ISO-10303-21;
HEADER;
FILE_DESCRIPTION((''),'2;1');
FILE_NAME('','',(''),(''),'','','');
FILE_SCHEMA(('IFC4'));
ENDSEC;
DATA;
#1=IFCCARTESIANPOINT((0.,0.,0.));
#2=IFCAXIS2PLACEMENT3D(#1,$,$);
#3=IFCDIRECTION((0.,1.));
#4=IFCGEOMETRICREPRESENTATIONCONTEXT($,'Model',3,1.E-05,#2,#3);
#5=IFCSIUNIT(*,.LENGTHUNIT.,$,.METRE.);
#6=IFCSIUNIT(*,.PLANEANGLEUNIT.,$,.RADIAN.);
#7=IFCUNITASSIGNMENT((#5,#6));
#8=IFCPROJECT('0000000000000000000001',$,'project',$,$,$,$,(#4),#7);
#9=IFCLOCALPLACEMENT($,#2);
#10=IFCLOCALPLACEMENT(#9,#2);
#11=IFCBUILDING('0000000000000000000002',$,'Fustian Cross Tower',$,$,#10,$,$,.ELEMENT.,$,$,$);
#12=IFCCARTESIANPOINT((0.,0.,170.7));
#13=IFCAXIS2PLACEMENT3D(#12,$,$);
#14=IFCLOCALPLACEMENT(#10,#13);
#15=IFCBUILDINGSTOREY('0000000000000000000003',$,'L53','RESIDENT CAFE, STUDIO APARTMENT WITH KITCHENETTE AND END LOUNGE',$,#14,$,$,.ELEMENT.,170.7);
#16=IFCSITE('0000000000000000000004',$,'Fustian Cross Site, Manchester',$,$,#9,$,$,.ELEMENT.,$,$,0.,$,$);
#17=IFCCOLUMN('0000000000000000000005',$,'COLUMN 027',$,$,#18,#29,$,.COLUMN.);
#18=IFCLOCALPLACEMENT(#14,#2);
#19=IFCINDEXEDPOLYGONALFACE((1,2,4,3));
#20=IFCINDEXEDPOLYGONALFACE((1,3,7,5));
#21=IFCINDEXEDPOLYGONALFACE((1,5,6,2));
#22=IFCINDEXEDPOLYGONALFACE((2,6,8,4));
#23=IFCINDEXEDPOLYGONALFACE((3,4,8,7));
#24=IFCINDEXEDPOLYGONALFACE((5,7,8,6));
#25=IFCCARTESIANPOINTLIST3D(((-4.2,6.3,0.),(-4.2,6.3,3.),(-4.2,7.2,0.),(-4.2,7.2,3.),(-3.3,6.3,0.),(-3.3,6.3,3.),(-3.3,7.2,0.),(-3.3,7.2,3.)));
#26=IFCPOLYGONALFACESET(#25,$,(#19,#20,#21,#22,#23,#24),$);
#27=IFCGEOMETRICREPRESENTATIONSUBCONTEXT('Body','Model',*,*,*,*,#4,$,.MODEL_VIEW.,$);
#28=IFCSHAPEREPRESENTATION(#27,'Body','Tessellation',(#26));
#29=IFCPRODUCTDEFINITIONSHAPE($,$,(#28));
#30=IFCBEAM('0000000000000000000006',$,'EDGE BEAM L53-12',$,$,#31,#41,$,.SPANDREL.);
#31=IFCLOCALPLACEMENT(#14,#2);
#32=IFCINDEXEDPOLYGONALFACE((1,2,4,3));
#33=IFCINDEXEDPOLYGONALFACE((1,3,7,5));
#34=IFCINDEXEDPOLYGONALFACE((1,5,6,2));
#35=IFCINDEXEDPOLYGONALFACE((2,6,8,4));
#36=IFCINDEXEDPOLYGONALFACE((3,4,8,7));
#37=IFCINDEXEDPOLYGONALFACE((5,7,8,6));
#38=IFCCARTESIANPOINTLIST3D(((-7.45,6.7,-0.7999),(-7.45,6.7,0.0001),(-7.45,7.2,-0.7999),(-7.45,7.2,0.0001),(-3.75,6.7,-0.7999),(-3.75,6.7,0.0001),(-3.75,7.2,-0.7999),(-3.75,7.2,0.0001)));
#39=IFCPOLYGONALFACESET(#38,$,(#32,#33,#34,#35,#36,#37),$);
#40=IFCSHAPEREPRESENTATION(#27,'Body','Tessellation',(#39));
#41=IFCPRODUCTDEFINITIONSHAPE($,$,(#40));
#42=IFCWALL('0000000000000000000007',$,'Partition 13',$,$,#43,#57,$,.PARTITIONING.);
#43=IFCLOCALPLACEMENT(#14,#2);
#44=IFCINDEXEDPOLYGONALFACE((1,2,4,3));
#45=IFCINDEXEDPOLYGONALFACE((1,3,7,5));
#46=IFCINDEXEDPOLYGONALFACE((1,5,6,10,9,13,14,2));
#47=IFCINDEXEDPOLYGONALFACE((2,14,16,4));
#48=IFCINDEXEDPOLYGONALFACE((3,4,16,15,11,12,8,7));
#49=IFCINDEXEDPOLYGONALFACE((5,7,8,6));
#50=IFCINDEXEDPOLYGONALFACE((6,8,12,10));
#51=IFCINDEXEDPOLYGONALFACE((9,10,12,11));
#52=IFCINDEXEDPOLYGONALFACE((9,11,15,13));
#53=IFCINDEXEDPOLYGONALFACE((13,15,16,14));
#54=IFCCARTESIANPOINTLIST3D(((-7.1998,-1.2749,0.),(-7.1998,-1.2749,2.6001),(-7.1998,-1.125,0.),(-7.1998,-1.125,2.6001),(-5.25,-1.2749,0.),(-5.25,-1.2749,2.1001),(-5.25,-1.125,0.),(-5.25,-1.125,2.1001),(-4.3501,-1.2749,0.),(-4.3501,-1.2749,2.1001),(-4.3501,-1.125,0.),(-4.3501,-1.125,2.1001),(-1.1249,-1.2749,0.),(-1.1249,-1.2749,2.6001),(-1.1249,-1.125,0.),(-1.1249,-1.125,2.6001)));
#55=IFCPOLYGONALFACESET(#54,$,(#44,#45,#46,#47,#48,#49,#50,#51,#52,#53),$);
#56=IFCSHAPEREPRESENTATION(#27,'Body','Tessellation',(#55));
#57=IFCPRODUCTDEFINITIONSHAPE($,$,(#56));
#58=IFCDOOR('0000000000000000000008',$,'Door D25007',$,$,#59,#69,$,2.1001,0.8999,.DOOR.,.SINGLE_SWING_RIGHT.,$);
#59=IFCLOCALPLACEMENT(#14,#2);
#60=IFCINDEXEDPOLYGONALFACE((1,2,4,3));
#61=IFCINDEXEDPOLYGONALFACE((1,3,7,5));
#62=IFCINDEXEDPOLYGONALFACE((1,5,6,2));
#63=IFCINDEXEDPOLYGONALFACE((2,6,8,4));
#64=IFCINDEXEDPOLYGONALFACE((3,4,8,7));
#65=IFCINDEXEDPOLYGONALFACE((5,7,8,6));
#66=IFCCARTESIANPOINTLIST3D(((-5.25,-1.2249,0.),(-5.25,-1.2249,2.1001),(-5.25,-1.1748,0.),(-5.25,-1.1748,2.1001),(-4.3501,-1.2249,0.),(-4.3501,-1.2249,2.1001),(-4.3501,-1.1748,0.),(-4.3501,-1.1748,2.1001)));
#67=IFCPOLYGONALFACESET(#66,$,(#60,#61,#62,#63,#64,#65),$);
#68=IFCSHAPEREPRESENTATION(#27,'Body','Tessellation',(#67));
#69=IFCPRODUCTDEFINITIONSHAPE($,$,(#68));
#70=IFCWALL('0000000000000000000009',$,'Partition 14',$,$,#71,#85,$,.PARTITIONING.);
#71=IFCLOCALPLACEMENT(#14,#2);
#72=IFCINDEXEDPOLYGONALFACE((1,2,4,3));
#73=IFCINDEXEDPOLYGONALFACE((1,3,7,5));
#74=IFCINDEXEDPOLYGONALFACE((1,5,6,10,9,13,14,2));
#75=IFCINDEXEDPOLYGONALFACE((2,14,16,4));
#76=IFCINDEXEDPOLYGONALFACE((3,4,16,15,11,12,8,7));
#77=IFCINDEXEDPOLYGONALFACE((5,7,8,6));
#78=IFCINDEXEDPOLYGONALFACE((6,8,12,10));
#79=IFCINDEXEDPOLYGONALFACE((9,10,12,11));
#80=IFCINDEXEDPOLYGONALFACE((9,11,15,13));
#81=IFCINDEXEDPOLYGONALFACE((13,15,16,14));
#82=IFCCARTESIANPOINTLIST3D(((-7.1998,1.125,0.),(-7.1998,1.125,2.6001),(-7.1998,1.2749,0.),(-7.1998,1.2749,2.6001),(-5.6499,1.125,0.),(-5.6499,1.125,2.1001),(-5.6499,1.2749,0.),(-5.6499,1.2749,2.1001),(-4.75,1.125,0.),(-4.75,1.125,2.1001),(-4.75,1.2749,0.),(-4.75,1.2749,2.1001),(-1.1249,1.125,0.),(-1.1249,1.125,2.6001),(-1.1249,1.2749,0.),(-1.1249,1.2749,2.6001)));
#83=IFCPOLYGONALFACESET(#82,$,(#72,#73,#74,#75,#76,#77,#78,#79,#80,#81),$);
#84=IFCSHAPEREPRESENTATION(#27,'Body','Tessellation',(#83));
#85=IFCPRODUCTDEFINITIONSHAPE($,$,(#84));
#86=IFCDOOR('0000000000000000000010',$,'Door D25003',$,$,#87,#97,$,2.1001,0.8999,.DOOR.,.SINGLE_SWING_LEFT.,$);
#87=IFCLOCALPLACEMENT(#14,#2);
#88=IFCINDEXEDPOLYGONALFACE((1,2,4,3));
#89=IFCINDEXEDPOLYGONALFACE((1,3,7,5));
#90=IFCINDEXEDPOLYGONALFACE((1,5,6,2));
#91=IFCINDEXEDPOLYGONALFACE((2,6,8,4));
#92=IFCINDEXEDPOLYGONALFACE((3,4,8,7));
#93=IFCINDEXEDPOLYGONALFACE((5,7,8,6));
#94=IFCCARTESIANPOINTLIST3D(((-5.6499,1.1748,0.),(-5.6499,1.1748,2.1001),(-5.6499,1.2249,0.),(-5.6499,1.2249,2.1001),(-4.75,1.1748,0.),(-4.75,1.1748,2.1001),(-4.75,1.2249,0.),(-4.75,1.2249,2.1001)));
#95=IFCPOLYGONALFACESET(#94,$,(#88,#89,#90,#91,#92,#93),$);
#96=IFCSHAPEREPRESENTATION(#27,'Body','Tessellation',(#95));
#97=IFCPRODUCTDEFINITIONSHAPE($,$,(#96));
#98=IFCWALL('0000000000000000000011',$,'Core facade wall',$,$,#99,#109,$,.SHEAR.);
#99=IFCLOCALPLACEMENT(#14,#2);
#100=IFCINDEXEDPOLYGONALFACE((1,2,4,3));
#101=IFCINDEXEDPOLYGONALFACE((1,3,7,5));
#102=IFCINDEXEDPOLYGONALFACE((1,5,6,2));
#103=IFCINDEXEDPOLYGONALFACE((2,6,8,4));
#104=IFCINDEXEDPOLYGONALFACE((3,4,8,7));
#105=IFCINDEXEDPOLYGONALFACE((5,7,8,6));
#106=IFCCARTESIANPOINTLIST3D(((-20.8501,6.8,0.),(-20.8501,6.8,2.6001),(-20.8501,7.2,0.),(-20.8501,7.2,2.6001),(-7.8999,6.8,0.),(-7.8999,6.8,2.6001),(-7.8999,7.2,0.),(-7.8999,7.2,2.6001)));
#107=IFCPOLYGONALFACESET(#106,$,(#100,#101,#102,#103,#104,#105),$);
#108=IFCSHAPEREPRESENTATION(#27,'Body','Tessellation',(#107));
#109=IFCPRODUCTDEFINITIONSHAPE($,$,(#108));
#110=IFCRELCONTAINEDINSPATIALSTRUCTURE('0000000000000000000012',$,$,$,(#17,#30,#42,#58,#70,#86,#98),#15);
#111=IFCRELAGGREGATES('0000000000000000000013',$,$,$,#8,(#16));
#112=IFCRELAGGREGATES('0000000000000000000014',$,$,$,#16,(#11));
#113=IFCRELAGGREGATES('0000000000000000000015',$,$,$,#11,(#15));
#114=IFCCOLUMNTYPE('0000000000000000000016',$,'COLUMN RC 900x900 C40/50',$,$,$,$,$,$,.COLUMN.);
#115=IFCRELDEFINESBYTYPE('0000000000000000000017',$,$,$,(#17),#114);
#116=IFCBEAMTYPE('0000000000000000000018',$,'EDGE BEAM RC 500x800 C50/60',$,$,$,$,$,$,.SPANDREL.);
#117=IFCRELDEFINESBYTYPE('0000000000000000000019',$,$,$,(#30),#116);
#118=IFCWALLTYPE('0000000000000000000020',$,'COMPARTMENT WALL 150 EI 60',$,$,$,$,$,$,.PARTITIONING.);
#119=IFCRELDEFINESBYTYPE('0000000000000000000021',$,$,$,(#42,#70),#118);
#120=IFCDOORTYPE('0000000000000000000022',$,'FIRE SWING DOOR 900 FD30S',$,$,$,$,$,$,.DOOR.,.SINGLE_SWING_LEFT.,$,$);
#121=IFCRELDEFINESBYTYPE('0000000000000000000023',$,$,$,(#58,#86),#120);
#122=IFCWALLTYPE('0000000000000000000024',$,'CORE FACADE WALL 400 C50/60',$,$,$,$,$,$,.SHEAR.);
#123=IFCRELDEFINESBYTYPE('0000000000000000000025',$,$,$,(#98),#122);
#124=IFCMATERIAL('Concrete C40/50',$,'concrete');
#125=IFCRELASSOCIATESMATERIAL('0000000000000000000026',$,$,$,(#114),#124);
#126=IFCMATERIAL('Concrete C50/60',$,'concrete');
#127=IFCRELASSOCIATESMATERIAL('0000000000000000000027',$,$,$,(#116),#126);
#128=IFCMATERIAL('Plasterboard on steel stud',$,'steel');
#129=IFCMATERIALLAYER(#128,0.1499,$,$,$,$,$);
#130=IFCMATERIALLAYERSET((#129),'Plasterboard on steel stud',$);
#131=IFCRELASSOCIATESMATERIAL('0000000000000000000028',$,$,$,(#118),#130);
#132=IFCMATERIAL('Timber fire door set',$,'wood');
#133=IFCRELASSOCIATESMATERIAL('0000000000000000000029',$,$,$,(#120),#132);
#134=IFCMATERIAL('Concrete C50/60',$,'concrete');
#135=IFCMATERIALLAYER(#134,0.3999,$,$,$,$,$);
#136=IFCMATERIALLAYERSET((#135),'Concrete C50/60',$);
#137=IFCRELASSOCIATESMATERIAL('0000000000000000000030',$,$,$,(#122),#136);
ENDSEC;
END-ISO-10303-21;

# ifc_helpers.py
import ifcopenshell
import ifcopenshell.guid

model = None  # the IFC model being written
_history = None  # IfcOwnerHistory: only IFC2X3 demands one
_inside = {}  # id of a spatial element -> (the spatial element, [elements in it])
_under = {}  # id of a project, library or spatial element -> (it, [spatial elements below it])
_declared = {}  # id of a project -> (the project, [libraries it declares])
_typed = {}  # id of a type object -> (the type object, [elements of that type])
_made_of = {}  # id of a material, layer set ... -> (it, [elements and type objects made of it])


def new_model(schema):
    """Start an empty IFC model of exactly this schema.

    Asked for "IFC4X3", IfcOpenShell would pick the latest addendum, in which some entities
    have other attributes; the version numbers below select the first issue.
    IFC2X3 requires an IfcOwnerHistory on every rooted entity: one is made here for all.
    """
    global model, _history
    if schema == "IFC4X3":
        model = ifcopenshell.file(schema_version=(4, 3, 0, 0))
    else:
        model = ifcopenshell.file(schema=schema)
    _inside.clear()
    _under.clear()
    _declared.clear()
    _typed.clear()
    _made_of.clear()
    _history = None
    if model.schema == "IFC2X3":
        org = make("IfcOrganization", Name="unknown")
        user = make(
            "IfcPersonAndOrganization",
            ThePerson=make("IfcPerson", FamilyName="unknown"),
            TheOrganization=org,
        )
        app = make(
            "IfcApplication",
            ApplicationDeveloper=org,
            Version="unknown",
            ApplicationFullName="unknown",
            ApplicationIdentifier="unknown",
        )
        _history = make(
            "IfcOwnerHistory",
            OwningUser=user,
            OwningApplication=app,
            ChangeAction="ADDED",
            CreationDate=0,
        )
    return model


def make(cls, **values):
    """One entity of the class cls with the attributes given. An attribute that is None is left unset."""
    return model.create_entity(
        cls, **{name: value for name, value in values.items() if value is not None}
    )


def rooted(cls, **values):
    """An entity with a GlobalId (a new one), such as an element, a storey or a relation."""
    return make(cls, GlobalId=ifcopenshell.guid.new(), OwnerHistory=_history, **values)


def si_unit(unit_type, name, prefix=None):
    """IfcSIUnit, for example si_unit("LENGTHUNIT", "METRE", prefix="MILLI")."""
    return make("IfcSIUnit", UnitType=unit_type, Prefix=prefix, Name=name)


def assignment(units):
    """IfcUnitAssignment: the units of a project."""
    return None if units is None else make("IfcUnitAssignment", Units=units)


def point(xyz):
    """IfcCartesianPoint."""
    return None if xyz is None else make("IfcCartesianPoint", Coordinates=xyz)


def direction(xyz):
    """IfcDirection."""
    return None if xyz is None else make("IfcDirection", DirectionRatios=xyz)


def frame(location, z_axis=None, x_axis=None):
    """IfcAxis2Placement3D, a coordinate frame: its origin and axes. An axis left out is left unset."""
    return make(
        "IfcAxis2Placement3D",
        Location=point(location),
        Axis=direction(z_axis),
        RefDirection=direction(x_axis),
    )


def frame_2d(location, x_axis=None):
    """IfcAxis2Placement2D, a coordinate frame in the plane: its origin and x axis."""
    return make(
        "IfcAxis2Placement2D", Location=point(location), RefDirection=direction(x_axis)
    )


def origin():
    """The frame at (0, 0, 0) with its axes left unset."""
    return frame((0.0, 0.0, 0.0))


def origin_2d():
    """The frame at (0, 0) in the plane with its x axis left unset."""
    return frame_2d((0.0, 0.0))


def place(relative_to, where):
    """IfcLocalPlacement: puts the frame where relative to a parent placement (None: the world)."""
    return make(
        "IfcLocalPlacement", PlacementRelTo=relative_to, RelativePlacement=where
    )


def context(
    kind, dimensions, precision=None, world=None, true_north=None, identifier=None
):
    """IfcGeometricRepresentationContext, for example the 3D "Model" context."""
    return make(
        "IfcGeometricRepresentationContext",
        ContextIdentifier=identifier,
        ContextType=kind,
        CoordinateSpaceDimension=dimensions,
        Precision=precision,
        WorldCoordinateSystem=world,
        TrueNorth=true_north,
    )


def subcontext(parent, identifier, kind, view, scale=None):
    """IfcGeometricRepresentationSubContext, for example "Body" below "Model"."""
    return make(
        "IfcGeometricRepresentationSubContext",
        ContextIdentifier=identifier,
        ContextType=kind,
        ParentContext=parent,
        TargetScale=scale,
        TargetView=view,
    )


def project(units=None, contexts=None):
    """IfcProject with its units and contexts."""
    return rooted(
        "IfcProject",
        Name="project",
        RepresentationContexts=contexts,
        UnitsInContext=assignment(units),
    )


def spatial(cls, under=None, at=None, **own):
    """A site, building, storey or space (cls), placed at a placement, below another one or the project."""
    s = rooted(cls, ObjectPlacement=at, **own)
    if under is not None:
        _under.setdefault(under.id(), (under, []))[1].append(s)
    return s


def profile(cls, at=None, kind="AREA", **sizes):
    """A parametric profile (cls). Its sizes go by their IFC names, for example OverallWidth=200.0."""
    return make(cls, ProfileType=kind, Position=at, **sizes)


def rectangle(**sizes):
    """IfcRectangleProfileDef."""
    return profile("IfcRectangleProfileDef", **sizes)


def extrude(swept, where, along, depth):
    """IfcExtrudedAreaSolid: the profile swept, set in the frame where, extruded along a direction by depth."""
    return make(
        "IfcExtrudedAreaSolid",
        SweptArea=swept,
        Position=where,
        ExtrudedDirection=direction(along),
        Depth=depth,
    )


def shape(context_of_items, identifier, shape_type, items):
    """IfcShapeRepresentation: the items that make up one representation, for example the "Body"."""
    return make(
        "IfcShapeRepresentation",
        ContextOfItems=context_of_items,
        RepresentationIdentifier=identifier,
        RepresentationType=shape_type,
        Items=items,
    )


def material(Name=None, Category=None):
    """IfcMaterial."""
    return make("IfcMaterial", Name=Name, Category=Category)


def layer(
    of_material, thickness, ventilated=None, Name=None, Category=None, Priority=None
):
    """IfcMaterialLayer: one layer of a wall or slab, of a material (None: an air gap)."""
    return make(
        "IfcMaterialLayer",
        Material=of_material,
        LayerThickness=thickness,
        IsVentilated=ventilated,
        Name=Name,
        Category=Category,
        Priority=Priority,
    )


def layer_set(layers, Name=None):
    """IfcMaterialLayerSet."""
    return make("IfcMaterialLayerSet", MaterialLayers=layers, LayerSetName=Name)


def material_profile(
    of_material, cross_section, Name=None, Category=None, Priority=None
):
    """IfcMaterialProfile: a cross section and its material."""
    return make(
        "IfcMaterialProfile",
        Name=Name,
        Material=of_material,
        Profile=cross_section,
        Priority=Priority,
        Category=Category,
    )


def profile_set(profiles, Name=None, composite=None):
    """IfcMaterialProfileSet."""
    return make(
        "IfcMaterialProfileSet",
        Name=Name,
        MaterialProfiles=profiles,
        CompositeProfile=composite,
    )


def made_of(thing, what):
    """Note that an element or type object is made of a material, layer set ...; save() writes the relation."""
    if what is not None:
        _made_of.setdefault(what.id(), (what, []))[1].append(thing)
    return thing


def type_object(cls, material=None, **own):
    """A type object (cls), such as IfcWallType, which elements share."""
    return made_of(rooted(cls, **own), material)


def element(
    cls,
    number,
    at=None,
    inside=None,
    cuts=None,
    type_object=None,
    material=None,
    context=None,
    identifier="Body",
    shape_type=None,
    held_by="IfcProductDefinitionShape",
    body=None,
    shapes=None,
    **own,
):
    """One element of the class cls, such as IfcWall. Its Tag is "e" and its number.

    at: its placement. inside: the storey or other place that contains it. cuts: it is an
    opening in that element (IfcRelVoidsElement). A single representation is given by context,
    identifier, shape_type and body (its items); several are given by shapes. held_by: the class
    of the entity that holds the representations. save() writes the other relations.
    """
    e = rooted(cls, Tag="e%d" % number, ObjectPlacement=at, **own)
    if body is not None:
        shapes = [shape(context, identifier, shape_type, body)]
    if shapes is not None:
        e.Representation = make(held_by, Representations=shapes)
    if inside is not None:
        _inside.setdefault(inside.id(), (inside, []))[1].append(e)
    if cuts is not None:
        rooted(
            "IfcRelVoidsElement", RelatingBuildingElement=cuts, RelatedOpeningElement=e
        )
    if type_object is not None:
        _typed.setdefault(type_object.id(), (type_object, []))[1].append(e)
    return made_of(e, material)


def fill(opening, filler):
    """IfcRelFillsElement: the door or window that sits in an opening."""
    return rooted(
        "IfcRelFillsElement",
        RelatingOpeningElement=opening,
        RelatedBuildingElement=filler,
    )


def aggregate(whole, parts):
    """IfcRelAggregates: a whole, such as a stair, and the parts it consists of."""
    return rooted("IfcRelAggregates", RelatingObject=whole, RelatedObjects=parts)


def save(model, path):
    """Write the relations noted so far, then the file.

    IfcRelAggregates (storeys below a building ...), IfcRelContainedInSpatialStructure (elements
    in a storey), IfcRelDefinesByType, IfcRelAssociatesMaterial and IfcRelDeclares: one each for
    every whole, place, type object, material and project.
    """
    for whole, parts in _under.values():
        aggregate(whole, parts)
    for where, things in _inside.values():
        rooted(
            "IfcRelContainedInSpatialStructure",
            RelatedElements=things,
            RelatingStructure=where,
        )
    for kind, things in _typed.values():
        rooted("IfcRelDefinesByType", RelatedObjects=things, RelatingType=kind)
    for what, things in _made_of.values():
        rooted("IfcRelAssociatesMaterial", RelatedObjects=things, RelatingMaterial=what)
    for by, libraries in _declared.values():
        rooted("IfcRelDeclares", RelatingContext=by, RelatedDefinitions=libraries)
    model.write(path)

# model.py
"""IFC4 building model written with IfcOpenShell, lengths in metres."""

from ifc_helpers import new_model, si_unit, direction, frame, frame_2d, origin, origin_2d, place, context, subcontext, project, spatial, rectangle, extrude, material, layer, layer_set, material_profile, profile_set, type_object, element, fill, save


model = new_model("IFC4")

# Units and contexts
model_context = context("Model", 3, precision=1e-05, world=origin(), true_north=direction((0.0, 1.0)))
body_context = subcontext(model_context, "Body", "Model", "MODEL_VIEW")
ifc_project = project(units=[si_unit("LENGTHUNIT", "METRE"), si_unit("PLANEANGLEUNIT", "RADIAN")], contexts=[model_context])

# Site, building, storey
site_placement = place(None, origin())
site = spatial("IfcSite", under=ifc_project, at=site_placement, Name="Fustian Cross Site, Manchester", CompositionType="ELEMENT", RefElevation=0.0)
building_placement = place(site_placement, origin())
building = spatial("IfcBuilding", under=site, at=building_placement, Name="Fustian Cross Tower", CompositionType="ELEMENT")
storey_placement = place(building_placement, frame((0.0, 0.0, 170.7)))
storey = spatial("IfcBuildingStorey", under=building, at=storey_placement, Name="L53", Description="RESIDENT CAFE, STUDIO APARTMENT WITH KITCHENETTE AND END LOUNGE", CompositionType="ELEMENT", Elevation=170.7)

# Column
ifc_material_1 = material(Name="Concrete C40/50", Category="concrete")
ifc_material_profile_1 = material_profile(ifc_material_1, rectangle(XDim=0.8999, YDim=0.8999, at=origin_2d()), Name="RC 900x900")
ifc_profile_set_1 = profile_set([ifc_material_profile_1], Name="Concrete C40/50")
column_type = type_object("IfcColumnType", Name="COLUMN RC 900x900 C40/50", PredefinedType="COLUMN", material=ifc_profile_set_1)
column_placement = place(storey_placement, frame((-3.75, 6.75, 0.0), z_axis=(0.0, 0.0, 1.0), x_axis=(1.0, 0.0, 0.0)))
element("IfcColumn", 1, at=column_placement, inside=storey, type_object=column_type, Name="COLUMN 027", PredefinedType="COLUMN", context=body_context, shape_type="SweptSolid", body=[
    extrude(rectangle(XDim=0.8999, YDim=0.8999, at=origin_2d()), origin(), (0.0, 0.0, 1.0), 3.0),
])

# Beam
ifc_material_2 = material(Name="Concrete C50/60", Category="concrete")
ifc_material_profile_2 = material_profile(ifc_material_2, rectangle(XDim=0.5, YDim=0.8, at=origin_2d()), Name="RC 500x800")
ifc_profile_set_2 = profile_set([ifc_material_profile_2], Name="Concrete C50/60")
beam_type = type_object("IfcBeamType", Name="EDGE BEAM RC 500x800 C50/60", PredefinedType="SPANDREL", material=ifc_profile_set_2)
beam_placement = place(storey_placement, frame((-3.75, 6.95, -0.3999), z_axis=(-1.0, 0.0, 0.0), x_axis=(0.0, -1.0, 0.0)))
element("IfcBeam", 2, at=beam_placement, inside=storey, type_object=beam_type, Name="EDGE BEAM L53-12", PredefinedType="SPANDREL", context=body_context, shape_type="SweptSolid", body=[
    extrude(rectangle(XDim=0.5, YDim=0.8, at=origin_2d()), origin(), (0.0, 0.0, 1.0), 3.7),
])

# Walls, openings, doors
ifc_material_3 = material(Name="Plasterboard on steel stud", Category="steel")
ifc_layer_1 = layer(ifc_material_3, 0.1499)
ifc_layer_set_1 = layer_set([ifc_layer_1], Name="Plasterboard on steel stud")
wall_type_1 = type_object("IfcWallType", Name="COMPARTMENT WALL 150 EI 60", PredefinedType="PARTITIONING", material=ifc_layer_set_1)
wall_1_placement = place(storey_placement, frame((-7.2, -1.2, 0.0), z_axis=(0.0, 0.0, 1.0), x_axis=(1.0, 0.0, 0.0)))
wall_1 = element("IfcWall", 3, at=wall_1_placement, inside=storey, type_object=wall_type_1, Name="Partition 13", PredefinedType="PARTITIONING", context=body_context, shape_type="SweptSolid", body=[
    extrude(rectangle(XDim=6.075, YDim=0.1499, at=frame_2d((3.0376, 0.0))), origin(), (0.0, 0.0, 1.0), 2.6001),
])
opening_1_placement = place(wall_1_placement, frame((1.95, 0.0, 0.0)))
opening_1 = element("IfcOpeningElement", 4, at=opening_1_placement, cuts=wall_1, PredefinedType="OPENING", context=body_context, shape_type="SweptSolid", body=[
    extrude(rectangle(XDim=0.8999, YDim=2.1001, at=frame_2d((0.45, 1.05))), frame((0.0, 0.085, 0.0), z_axis=(0.0, -1.0, 0.0), x_axis=(1.0, 0.0, 0.0)), (0.0, 0.0, 1.0), 0.1699),
])
ifc_material_4 = material(Name="Timber fire door set", Category="wood")
door_type_1 = type_object("IfcDoorType", Name="FIRE SWING DOOR 900 FD30S", OperationType="SINGLE_SWING_LEFT", PredefinedType="DOOR", material=ifc_material_4)
door_1_placement = place(opening_1_placement, frame((0.8999, 0.0, 0.0), z_axis=(0.0, 0.0, 1.0), x_axis=(-1.0, 0.0, 0.0)))
door_1 = element("IfcDoor", 5, at=door_1_placement, inside=storey, type_object=door_type_1, Name="Door D25007", OperationType="SINGLE_SWING_RIGHT", OverallHeight=2.1001, OverallWidth=0.8999, PredefinedType="DOOR", context=body_context, shape_type="SweptSolid", body=[
    extrude(rectangle(XDim=0.8999, YDim=2.1001, at=frame_2d((0.45, 1.05))), frame((0.0, 0.0249, 0.0), z_axis=(0.0, -1.0, 0.0), x_axis=(1.0, 0.0, 0.0)), (0.0, 0.0, 1.0), 0.05),
])
fill(opening_1, door_1)
wall_2_placement = place(storey_placement, frame((-7.2, 1.2, 0.0), z_axis=(0.0, 0.0, 1.0), x_axis=(1.0, 0.0, 0.0)))
wall_2 = element("IfcWall", 6, at=wall_2_placement, inside=storey, type_object=wall_type_1, Name="Partition 14", PredefinedType="PARTITIONING", context=body_context, shape_type="SweptSolid", body=[
    extrude(rectangle(XDim=6.075, YDim=0.1499, at=frame_2d((3.0376, 0.0))), origin(), (0.0, 0.0, 1.0), 2.6001),
])
opening_2_placement = place(wall_2_placement, frame((1.55, 0.0, 0.0)))
opening_2 = element("IfcOpeningElement", 7, at=opening_2_placement, cuts=wall_2, PredefinedType="OPENING", context=body_context, shape_type="SweptSolid", body=[
    extrude(rectangle(XDim=0.8999, YDim=2.1001, at=frame_2d((0.45, 1.05))), frame((0.0, 0.085, 0.0), z_axis=(0.0, -1.0, 0.0), x_axis=(1.0, 0.0, 0.0)), (0.0, 0.0, 1.0), 0.1699),
])
door_2_placement = place(opening_2_placement, origin())
door_2 = element("IfcDoor", 8, at=door_2_placement, inside=storey, type_object=door_type_1, Name="Door D25003", OperationType="SINGLE_SWING_LEFT", OverallHeight=2.1001, OverallWidth=0.8999, PredefinedType="DOOR", context=body_context, shape_type="SweptSolid", body=[
    extrude(rectangle(XDim=0.8999, YDim=2.1001, at=frame_2d((0.45, 1.05))), frame((0.0, 0.0249, 0.0), z_axis=(0.0, -1.0, 0.0), x_axis=(1.0, 0.0, 0.0)), (0.0, 0.0, 1.0), 0.05),
])
fill(opening_2, door_2)

# Wall
ifc_material_5 = material(Name="Concrete C50/60", Category="concrete")
ifc_layer_2 = layer(ifc_material_5, 0.3999)
ifc_layer_set_2 = layer_set([ifc_layer_2], Name="Concrete C50/60")
wall_type_2 = type_object("IfcWallType", Name="CORE FACADE WALL 400 C50/60", PredefinedType="SHEAR", material=ifc_layer_set_2)
wall_3_placement = place(storey_placement, frame((-7.8999, 7.0, 0.0), z_axis=(0.0, 0.0, 1.0), x_axis=(-1.0, 0.0, 0.0)))
element("IfcWall", 9, at=wall_3_placement, inside=storey, type_object=wall_type_2, Name="Core facade wall", PredefinedType="SHEAR", context=body_context, shape_type="SweptSolid", body=[
    extrude(rectangle(XDim=12.9502, YDim=0.3999, at=frame_2d((6.4751, 0.0))), origin(), (0.0, 0.0, 1.0), 2.6001),
])

save(model, "model.ifc")
